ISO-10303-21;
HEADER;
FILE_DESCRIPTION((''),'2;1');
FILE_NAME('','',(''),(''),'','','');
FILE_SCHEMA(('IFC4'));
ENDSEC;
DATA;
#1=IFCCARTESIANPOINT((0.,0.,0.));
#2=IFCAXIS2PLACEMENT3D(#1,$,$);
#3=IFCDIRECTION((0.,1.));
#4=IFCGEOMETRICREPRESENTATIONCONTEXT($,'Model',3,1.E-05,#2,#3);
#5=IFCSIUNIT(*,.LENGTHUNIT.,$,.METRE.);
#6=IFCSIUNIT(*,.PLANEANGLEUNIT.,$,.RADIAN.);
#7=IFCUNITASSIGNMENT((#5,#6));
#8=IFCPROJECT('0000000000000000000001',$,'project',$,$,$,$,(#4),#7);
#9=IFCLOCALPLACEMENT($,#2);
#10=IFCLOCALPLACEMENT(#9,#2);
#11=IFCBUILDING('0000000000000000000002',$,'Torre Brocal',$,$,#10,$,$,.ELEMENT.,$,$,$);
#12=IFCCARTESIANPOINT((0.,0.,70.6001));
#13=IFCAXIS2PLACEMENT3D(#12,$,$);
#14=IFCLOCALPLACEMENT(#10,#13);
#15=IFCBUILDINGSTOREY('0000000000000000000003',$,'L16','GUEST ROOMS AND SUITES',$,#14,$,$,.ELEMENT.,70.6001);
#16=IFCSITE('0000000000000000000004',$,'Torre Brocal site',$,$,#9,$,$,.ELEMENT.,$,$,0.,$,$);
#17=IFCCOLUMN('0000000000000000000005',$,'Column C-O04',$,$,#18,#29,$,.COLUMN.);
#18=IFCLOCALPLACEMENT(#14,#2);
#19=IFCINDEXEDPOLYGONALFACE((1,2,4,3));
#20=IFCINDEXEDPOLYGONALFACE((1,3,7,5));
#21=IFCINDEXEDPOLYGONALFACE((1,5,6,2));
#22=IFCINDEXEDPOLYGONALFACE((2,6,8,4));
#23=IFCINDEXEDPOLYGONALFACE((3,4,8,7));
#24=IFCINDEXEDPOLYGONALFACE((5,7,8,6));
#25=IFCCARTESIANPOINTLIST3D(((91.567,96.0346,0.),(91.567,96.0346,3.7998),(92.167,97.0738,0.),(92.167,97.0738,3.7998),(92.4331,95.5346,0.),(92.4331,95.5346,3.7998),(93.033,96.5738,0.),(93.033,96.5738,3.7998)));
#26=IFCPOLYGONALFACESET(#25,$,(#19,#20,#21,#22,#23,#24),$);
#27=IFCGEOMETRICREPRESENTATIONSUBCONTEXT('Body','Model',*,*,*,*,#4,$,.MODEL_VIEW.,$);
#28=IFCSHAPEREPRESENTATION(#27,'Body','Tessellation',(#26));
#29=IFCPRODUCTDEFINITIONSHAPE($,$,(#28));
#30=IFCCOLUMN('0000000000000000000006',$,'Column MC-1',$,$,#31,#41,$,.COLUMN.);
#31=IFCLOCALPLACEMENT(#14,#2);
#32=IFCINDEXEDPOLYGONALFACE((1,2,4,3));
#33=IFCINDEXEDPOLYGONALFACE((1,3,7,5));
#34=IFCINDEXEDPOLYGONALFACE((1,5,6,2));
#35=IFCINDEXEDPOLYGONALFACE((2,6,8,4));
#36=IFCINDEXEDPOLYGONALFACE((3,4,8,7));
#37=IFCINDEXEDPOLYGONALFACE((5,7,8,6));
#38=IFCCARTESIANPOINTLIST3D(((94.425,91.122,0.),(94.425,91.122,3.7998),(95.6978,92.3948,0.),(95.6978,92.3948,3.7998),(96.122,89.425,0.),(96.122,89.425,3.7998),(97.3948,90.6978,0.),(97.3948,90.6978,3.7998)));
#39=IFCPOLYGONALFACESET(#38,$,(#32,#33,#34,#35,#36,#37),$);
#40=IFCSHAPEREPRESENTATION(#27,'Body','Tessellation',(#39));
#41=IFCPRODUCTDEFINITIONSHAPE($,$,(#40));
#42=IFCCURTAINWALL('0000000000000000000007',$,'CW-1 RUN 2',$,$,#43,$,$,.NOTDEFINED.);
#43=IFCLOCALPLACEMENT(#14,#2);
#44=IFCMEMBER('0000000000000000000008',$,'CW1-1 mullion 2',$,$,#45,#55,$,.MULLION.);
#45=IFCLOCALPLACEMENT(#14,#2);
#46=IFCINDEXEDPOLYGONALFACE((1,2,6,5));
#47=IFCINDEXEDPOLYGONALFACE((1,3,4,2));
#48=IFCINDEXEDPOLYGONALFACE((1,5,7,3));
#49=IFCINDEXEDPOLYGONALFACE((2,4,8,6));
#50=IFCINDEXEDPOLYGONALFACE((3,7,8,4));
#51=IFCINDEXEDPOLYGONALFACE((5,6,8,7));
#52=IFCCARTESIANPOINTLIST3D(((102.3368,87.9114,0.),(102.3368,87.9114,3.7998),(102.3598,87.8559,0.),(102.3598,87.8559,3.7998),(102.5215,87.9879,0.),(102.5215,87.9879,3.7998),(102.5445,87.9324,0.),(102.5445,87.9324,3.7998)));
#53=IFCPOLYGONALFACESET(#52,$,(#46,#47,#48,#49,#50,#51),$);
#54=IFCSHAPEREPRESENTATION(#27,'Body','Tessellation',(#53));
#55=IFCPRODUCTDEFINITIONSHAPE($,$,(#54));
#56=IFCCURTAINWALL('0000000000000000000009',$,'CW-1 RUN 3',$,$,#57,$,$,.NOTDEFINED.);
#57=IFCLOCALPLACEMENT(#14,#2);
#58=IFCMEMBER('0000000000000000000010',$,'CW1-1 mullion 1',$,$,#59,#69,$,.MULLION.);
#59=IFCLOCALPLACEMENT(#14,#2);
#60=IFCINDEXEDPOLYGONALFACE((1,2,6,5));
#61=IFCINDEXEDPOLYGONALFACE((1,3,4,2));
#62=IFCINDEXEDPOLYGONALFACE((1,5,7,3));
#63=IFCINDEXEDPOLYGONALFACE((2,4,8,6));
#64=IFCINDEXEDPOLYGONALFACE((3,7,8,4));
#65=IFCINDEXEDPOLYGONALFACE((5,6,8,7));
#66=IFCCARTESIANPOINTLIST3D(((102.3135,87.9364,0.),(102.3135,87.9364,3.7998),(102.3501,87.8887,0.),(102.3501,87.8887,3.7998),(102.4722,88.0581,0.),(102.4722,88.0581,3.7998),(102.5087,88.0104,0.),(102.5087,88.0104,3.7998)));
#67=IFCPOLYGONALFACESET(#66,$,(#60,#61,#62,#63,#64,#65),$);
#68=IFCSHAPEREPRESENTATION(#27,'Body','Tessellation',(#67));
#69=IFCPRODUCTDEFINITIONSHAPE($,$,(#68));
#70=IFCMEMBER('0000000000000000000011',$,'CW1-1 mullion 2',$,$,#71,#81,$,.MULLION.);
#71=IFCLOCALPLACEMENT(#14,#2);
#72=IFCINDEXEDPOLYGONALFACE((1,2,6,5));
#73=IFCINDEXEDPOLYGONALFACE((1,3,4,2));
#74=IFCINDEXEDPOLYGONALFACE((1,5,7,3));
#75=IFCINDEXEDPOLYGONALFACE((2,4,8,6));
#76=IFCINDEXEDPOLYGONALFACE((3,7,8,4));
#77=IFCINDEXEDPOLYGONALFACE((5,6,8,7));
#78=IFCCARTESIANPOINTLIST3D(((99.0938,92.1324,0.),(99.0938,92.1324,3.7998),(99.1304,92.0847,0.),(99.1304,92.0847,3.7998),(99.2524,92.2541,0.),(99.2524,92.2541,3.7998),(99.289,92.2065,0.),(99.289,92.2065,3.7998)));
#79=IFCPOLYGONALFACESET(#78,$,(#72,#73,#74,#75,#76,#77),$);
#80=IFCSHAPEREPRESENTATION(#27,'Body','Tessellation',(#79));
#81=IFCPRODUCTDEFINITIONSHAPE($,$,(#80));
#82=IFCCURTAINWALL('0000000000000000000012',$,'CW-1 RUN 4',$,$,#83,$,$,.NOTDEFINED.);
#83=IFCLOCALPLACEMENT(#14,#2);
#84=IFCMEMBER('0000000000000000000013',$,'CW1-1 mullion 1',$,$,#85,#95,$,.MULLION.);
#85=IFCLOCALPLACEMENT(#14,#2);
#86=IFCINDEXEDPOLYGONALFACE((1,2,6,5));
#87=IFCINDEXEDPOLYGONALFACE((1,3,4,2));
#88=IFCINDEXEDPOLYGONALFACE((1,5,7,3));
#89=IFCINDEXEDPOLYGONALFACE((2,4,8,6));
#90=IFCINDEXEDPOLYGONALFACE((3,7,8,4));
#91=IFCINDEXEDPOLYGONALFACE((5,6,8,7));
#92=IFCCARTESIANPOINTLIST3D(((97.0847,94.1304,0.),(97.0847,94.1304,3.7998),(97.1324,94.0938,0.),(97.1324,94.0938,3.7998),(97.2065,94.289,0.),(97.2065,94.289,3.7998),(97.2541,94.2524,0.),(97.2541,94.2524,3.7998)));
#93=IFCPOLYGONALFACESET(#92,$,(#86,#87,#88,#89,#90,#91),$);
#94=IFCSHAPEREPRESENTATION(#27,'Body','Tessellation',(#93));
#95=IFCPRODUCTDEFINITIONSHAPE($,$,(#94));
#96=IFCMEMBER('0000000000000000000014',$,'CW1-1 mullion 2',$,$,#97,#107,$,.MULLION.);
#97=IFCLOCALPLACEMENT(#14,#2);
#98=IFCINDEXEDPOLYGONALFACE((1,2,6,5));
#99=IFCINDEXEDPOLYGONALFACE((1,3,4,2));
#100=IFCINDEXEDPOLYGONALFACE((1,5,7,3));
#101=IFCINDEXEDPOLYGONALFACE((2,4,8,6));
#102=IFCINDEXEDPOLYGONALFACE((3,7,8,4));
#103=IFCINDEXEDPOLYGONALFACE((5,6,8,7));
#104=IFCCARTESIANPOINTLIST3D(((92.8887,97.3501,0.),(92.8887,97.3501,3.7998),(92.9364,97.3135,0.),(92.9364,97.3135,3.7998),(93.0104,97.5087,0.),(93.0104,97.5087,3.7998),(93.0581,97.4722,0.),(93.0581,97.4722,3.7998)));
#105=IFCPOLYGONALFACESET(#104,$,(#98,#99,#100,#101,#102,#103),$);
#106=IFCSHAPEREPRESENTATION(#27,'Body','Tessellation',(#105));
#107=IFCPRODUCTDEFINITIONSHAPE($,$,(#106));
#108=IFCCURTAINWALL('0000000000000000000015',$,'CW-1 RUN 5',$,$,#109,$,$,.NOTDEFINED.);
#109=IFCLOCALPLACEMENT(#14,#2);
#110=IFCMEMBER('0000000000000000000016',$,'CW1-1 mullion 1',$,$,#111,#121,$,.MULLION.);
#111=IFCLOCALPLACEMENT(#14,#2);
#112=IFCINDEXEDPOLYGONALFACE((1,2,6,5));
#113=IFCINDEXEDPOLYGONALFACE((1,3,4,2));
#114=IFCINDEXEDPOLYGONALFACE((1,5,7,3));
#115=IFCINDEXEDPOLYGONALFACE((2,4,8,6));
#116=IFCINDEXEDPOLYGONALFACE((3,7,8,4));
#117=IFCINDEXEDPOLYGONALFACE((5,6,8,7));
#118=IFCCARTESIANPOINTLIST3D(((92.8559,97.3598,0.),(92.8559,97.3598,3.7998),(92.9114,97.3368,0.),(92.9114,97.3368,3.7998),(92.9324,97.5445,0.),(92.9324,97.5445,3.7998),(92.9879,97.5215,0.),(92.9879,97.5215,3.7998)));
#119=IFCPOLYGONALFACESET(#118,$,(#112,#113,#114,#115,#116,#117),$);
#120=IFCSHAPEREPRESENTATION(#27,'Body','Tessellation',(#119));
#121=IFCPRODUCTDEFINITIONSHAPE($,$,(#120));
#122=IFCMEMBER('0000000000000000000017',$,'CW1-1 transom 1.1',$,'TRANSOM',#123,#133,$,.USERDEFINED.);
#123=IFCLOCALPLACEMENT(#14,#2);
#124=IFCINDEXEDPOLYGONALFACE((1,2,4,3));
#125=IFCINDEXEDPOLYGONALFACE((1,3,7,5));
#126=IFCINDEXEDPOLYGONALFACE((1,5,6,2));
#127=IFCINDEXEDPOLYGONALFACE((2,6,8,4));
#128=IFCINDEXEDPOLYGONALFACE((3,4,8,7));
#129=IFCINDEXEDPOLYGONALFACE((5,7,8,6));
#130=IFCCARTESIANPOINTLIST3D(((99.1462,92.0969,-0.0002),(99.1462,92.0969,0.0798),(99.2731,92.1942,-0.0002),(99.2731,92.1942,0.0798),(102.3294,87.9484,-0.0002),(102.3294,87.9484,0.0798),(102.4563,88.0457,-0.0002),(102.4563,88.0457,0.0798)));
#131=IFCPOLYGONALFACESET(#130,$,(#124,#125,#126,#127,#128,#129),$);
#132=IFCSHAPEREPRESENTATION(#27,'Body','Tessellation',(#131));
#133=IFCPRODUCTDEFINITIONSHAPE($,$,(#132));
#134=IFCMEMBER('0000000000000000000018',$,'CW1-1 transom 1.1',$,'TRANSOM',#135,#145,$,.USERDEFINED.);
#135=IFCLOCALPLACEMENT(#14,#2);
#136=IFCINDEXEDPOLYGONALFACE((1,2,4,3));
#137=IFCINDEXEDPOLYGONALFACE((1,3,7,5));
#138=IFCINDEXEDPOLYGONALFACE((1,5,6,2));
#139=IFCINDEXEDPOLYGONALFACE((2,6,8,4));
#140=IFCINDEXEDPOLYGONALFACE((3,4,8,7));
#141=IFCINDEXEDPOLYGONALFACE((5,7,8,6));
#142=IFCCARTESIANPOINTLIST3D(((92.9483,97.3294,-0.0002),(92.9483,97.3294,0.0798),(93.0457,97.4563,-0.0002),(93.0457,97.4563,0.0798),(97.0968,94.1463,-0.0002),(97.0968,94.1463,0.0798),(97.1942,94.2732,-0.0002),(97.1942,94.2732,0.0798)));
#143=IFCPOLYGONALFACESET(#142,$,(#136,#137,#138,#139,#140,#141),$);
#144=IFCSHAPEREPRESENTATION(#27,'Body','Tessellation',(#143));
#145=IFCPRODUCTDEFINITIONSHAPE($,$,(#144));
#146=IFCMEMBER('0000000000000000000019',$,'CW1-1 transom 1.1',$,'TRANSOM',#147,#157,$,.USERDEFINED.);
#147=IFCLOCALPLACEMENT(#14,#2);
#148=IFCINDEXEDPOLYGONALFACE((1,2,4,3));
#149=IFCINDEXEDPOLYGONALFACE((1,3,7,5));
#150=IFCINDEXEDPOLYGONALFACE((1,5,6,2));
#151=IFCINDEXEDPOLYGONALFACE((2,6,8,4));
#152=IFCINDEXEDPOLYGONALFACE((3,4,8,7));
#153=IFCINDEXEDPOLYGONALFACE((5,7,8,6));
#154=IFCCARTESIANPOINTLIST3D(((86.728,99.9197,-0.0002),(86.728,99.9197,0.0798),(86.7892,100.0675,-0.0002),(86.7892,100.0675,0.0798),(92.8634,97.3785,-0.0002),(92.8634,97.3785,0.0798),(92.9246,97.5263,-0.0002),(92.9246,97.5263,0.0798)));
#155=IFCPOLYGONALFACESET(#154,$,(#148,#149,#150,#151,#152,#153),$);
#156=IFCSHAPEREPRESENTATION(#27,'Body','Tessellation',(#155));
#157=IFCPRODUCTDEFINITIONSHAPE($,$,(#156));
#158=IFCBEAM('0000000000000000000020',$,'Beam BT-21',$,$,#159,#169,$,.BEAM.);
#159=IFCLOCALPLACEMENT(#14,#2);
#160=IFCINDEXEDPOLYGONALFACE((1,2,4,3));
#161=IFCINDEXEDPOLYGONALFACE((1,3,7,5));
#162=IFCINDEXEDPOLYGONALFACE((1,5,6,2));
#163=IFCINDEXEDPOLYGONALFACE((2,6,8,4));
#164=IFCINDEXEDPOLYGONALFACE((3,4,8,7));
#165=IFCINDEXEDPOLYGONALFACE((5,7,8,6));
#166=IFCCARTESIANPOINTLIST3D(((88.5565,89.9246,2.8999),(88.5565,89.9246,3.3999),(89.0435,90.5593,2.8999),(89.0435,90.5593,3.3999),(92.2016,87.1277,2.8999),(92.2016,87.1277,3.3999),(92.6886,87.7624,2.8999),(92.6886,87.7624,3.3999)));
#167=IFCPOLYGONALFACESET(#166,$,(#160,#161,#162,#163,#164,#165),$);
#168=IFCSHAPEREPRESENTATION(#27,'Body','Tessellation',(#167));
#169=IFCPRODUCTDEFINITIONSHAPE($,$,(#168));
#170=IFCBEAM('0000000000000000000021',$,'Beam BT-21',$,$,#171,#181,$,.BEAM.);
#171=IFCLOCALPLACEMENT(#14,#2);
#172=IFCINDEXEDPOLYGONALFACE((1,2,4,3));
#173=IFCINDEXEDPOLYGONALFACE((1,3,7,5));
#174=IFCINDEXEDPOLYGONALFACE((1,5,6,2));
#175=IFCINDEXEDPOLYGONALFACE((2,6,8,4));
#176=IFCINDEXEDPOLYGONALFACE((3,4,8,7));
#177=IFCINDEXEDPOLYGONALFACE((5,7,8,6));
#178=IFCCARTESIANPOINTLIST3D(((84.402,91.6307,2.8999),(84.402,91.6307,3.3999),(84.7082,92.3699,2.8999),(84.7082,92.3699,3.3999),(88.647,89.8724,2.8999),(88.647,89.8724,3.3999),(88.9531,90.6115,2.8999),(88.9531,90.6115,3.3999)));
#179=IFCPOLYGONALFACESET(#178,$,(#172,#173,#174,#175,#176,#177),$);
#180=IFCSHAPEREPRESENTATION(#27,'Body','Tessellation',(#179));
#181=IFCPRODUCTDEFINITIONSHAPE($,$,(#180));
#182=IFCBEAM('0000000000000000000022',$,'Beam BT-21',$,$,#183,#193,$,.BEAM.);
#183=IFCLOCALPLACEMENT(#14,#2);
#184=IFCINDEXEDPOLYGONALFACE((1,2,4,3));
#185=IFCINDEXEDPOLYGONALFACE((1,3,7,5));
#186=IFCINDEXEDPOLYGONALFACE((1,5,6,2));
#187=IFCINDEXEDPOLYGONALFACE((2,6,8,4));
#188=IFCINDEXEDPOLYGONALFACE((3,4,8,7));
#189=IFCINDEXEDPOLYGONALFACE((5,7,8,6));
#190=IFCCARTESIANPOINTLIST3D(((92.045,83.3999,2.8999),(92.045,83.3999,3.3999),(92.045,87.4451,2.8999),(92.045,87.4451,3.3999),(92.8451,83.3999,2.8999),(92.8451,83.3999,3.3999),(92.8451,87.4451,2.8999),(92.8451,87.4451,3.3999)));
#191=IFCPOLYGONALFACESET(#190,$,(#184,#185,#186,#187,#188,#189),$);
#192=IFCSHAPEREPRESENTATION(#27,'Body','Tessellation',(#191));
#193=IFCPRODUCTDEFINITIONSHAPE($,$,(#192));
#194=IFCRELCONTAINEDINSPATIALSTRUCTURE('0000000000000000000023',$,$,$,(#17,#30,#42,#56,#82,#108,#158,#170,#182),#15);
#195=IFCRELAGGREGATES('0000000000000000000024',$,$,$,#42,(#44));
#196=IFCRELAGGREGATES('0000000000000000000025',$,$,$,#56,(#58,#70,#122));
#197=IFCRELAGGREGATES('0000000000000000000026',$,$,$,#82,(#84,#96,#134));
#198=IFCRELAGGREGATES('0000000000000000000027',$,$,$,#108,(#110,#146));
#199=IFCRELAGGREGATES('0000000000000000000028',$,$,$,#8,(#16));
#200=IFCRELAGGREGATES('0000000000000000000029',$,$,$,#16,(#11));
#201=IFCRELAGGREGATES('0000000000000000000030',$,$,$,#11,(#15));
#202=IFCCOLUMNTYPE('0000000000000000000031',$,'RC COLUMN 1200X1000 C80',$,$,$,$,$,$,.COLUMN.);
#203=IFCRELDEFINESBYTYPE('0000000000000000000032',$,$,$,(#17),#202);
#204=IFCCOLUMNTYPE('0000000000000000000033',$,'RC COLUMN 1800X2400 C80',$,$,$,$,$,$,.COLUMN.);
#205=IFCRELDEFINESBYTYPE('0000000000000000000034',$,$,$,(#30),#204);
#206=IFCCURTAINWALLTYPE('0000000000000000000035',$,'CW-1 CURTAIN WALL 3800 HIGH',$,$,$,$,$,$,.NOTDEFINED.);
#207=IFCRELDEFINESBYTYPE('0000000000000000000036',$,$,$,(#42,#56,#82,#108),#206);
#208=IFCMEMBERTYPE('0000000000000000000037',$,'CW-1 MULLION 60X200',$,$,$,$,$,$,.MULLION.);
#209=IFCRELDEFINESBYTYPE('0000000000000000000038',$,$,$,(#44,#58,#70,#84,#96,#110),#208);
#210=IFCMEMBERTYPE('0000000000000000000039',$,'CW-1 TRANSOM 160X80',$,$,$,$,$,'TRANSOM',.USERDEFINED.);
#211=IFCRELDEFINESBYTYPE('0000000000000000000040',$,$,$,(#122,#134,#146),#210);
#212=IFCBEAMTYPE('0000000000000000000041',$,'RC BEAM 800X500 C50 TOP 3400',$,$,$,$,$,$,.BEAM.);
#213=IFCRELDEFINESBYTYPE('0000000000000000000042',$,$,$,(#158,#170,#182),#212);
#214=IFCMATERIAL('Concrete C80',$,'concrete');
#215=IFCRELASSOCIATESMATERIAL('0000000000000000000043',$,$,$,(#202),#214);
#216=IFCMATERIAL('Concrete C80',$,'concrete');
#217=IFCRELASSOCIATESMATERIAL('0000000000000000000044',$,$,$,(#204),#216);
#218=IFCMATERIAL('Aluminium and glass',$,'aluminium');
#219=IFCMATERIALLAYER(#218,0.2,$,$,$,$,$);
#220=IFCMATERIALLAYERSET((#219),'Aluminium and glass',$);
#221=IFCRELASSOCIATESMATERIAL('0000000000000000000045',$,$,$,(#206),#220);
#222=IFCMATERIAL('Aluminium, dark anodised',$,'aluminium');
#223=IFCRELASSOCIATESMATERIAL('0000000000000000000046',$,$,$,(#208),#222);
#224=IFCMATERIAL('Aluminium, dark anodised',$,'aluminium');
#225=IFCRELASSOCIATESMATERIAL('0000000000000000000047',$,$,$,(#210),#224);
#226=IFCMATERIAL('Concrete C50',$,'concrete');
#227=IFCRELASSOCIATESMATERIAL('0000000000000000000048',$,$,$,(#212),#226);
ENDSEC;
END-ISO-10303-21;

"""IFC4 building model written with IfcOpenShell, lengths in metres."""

from ifc_helpers import new_model, si_unit, direction, frame, origin, origin_2d, place, context, subcontext, project, spatial, rectangle, extrude, material, layer, layer_set, material_profile, profile_set, type_object, element, aggregate, save


model = new_model("IFC4")

# Units and contexts
model_context = context("Model", 3, precision=1e-05, world=origin(), true_north=direction((0.0, 1.0)))
body_context = subcontext(model_context, "Body", "Model", "MODEL_VIEW")
ifc_project = project(units=[si_unit("LENGTHUNIT", "METRE"), si_unit("PLANEANGLEUNIT", "RADIAN")], contexts=[model_context])

# Site, building, storey
site_placement = place(None, origin())
site = spatial("IfcSite", under=ifc_project, at=site_placement, Name="Torre Brocal site", CompositionType="ELEMENT", RefElevation=0.0)
building_placement = place(site_placement, origin())
building = spatial("IfcBuilding", under=site, at=building_placement, Name="Torre Brocal", CompositionType="ELEMENT")
storey_placement = place(building_placement, frame((0.0, 0.0, 70.6001)))
storey = spatial("IfcBuildingStorey", under=building, at=storey_placement, Name="L16", Description="GUEST ROOMS AND SUITES", CompositionType="ELEMENT", Elevation=70.6001)

# Columns
ifc_material_1 = material(Name="Concrete C80", Category="concrete")
ifc_material_profile_1 = material_profile(ifc_material_1, rectangle(XDim=1.2, YDim=1.0, at=origin_2d()), Name="RC 1200X1000")
ifc_profile_set_1 = profile_set([ifc_material_profile_1], Name="Concrete C80")
column_type_1 = type_object("IfcColumnType", Name="RC COLUMN 1200X1000 C80", PredefinedType="COLUMN", material=ifc_profile_set_1)
column_1_placement = place(storey_placement, frame((92.3, 96.3042, 0.0), z_axis=(0.0, 0.0, 1.0), x_axis=(0.5, 0.866025, 0.0)))
element("IfcColumn", 1, at=column_1_placement, inside=storey, type_object=column_type_1, Name="Column C-O04", PredefinedType="COLUMN", context=body_context, shape_type="SweptSolid", body=[
    extrude(rectangle(XDim=1.2, YDim=1.0, at=origin_2d()), origin(), (0.0, 0.0, 1.0), 3.7998),
])
ifc_material_2 = material(Name="Concrete C80", Category="concrete")
ifc_material_profile_2 = material_profile(ifc_material_2, rectangle(XDim=1.8, YDim=2.3999, at=origin_2d()), Name="RC 1800X2400")
ifc_profile_set_2 = profile_set([ifc_material_profile_2], Name="Concrete C80")
column_type_2 = type_object("IfcColumnType", Name="RC COLUMN 1800X2400 C80", PredefinedType="COLUMN", material=ifc_profile_set_2)
column_2_placement = place(storey_placement, frame((95.9099, 90.9099, 0.0), z_axis=(0.0, 0.0, 1.0), x_axis=(0.707107, 0.707107, 0.0)))
element("IfcColumn", 2, at=column_2_placement, inside=storey, type_object=column_type_2, Name="Column MC-1", PredefinedType="COLUMN", context=body_context, shape_type="SweptSolid", body=[
    extrude(rectangle(XDim=1.8, YDim=2.3999, at=origin_2d()), origin(), (0.0, 0.0, 1.0), 3.7998),
])

# Curtain wall, member
ifc_material_3 = material(Name="Aluminium and glass", Category="aluminium")
ifc_layer_1 = layer(ifc_material_3, 0.2)
ifc_layer_set_1 = layer_set([ifc_layer_1], Name="Aluminium and glass")
curtain_wall_type = type_object("IfcCurtainWallType", Name="CW-1 CURTAIN WALL 3800 HIGH", PredefinedType="NOTDEFINED", material=ifc_layer_set_1)
curtain_wall_1_placement = place(storey_placement, origin())
curtain_wall_1 = element("IfcCurtainWall", 3, at=curtain_wall_1_placement, inside=storey, type_object=curtain_wall_type, Name="CW-1 RUN 2", PredefinedType="NOTDEFINED")
ifc_material_4 = material(Name="Aluminium, dark anodised", Category="aluminium")
ifc_material_profile_3 = material_profile(ifc_material_4, rectangle(XDim=0.2, YDim=0.0601, at=origin_2d()), Name="CW-1 MULLION 60X200")
ifc_profile_set_3 = profile_set([ifc_material_profile_3], Name="Aluminium, dark anodised")
member_type_1 = type_object("IfcMemberType", Name="CW-1 MULLION 60X200", PredefinedType="MULLION", material=ifc_profile_set_3)
member_1_placement = place(storey_placement, frame((102.4407, 87.9219, 0.0), z_axis=(0.0, 0.0, 1.0), x_axis=(-0.92388, -0.382683, 0.0)))
member_1 = element("IfcMember", 4, at=member_1_placement, type_object=member_type_1, Name="CW1-1 mullion 2", PredefinedType="MULLION", context=body_context, shape_type="SweptSolid", body=[
    extrude(rectangle(XDim=0.2, YDim=0.0601, at=origin_2d()), origin(), (0.0, 0.0, 1.0), 3.7998),
])
aggregate(curtain_wall_1, [member_1])

# Curtain walls, members
curtain_wall_2_placement = place(storey_placement, origin())
curtain_wall_2 = element("IfcCurtainWall", 5, at=curtain_wall_2_placement, inside=storey, type_object=curtain_wall_type, Name="CW-1 RUN 3", PredefinedType="NOTDEFINED")
member_2_placement = place(storey_placement, frame((102.4111, 87.9734, 0.0), z_axis=(0.0, 0.0, 1.0), x_axis=(-0.793353, -0.608761, 0.0)))
member_2 = element("IfcMember", 6, at=member_2_placement, type_object=member_type_1, Name="CW1-1 mullion 1", PredefinedType="MULLION", context=body_context, shape_type="SweptSolid", body=[
    extrude(rectangle(XDim=0.2, YDim=0.0601, at=origin_2d()), origin(), (0.0, 0.0, 1.0), 3.7998),
])
member_3_placement = place(storey_placement, frame((99.1914, 92.1694, 0.0), z_axis=(0.0, 0.0, 1.0), x_axis=(-0.793353, -0.608761, 0.0)))
member_3 = element("IfcMember", 7, at=member_3_placement, type_object=member_type_1, Name="CW1-1 mullion 2", PredefinedType="MULLION", context=body_context, shape_type="SweptSolid", body=[
    extrude(rectangle(XDim=0.2, YDim=0.0601, at=origin_2d()), origin(), (0.0, 0.0, 1.0), 3.7998),
])
curtain_wall_3_placement = place(storey_placement, origin())
curtain_wall_3 = element("IfcCurtainWall", 8, at=curtain_wall_3_placement, inside=storey, type_object=curtain_wall_type, Name="CW-1 RUN 4", PredefinedType="NOTDEFINED")
member_4_placement = place(storey_placement, frame((97.1694, 94.1914, 0.0), z_axis=(0.0, 0.0, 1.0), x_axis=(-0.608761, -0.793353, 0.0)))
member_4 = element("IfcMember", 9, at=member_4_placement, type_object=member_type_1, Name="CW1-1 mullion 1", PredefinedType="MULLION", context=body_context, shape_type="SweptSolid", body=[
    extrude(rectangle(XDim=0.2, YDim=0.0601, at=origin_2d()), origin(), (0.0, 0.0, 1.0), 3.7998),
])
member_5_placement = place(storey_placement, frame((92.9734, 97.4111, 0.0), z_axis=(0.0, 0.0, 1.0), x_axis=(-0.608761, -0.793353, 0.0)))
member_5 = element("IfcMember", 10, at=member_5_placement, type_object=member_type_1, Name="CW1-1 mullion 2", PredefinedType="MULLION", context=body_context, shape_type="SweptSolid", body=[
    extrude(rectangle(XDim=0.2, YDim=0.0601, at=origin_2d()), origin(), (0.0, 0.0, 1.0), 3.7998),
])

# Curtain wall, member
curtain_wall_4_placement = place(storey_placement, origin())
curtain_wall_4 = element("IfcCurtainWall", 11, at=curtain_wall_4_placement, inside=storey, type_object=curtain_wall_type, Name="CW-1 RUN 5", PredefinedType="NOTDEFINED")
member_6_placement = place(storey_placement, frame((92.9219, 97.4407, 0.0), z_axis=(0.0, 0.0, 1.0), x_axis=(-0.382683, -0.92388, 0.0)))
member_6 = element("IfcMember", 12, at=member_6_placement, type_object=member_type_1, Name="CW1-1 mullion 1", PredefinedType="MULLION", context=body_context, shape_type="SweptSolid", body=[
    extrude(rectangle(XDim=0.2, YDim=0.0601, at=origin_2d()), origin(), (0.0, 0.0, 1.0), 3.7998),
])

# Members
ifc_material_5 = material(Name="Aluminium, dark anodised", Category="aluminium")
ifc_material_profile_4 = material_profile(ifc_material_5, rectangle(XDim=0.1599, YDim=0.0801, at=origin_2d()), Name="CW-1 TRANSOM 160X80")
ifc_profile_set_4 = profile_set([ifc_material_profile_4], Name="Aluminium, dark anodised")
member_type_2 = type_object("IfcMemberType", Name="CW-1 TRANSOM 160X80", ElementType="TRANSOM", PredefinedType="USERDEFINED", material=ifc_profile_set_4)
member_7_placement = place(storey_placement, frame((102.3928, 87.9971, 0.0398), z_axis=(-0.608749, 0.793363, 0.0), x_axis=(-0.793363, -0.608749, 0.0)))
member_7 = element("IfcMember", 13, at=member_7_placement, type_object=member_type_2, Name="CW1-1 transom 1.1", ObjectType="TRANSOM", PredefinedType="USERDEFINED", context=body_context, shape_type="SweptSolid", body=[
    extrude(rectangle(XDim=0.1599, YDim=0.0801, at=origin_2d()), origin(), (0.0, 0.0, 1.0), 5.229),
])
member_8_placement = place(storey_placement, frame((97.1455, 94.2097, 0.0398), z_axis=(-0.793363, 0.608749, 0.0), x_axis=(-0.608749, -0.793363, 0.0)))
member_8 = element("IfcMember", 14, at=member_8_placement, type_object=member_type_2, Name="CW1-1 transom 1.1", ObjectType="TRANSOM", PredefinedType="USERDEFINED", context=body_context, shape_type="SweptSolid", body=[
    extrude(rectangle(XDim=0.1599, YDim=0.0801, at=origin_2d()), origin(), (0.0, 0.0, 1.0), 5.229),
])
member_9_placement = place(storey_placement, frame((92.894, 97.4524, 0.0398), z_axis=(-0.923887, 0.382665, 0.0), x_axis=(-0.382665, -0.923887, 0.0)))
member_9 = element("IfcMember", 15, at=member_9_placement, type_object=member_type_2, Name="CW1-1 transom 1.1", ObjectType="TRANSOM", PredefinedType="USERDEFINED", context=body_context, shape_type="SweptSolid", body=[
    extrude(rectangle(XDim=0.1599, YDim=0.0801, at=origin_2d()), origin(), (0.0, 0.0, 1.0), 6.6409),
])

# Beams
ifc_material_6 = material(Name="Concrete C50", Category="concrete")
ifc_material_profile_5 = material_profile(ifc_material_6, rectangle(XDim=0.8, YDim=0.5, at=origin_2d()), Name="RC 800X500")
ifc_profile_set_5 = profile_set([ifc_material_profile_5], Name="Concrete C50")
beam_type_1 = type_object("IfcBeamType", Name="RC BEAM 800X500 C50 TOP 3400", PredefinedType="BEAM", material=ifc_profile_set_5)
beam_1_placement = place(storey_placement, frame((92.4451, 87.4451, 3.1499), z_axis=(-0.793358, 0.608755, 0.0), x_axis=(-0.608755, -0.793358, 0.0)))
element("IfcBeam", 16, at=beam_1_placement, inside=storey, type_object=beam_type_1, Name="Beam BT-21", PredefinedType="BEAM", context=body_context, shape_type="SweptSolid", body=[
    extrude(rectangle(XDim=0.8, YDim=0.5, at=origin_2d()), origin(), (0.0, 0.0, 1.0), 4.5945),
])
beam_2_placement = place(storey_placement, frame((88.8, 90.2419, 3.1499), z_axis=(-0.923878, 0.382687, 0.0), x_axis=(-0.382687, -0.923878, 0.0)))
element("IfcBeam", 17, at=beam_2_placement, inside=storey, type_object=beam_type_1, Name="Beam BT-21", PredefinedType="BEAM", context=body_context, shape_type="SweptSolid", body=[
    extrude(rectangle(XDim=0.8, YDim=0.5, at=origin_2d()), origin(), (0.0, 0.0, 1.0), 4.5947),
])
beam_3_placement = place(storey_placement, frame((92.4451, 87.4451, 3.1499), z_axis=(0.0, -1.0, 0.0), x_axis=(1.0, 0.0, 0.0)))
element("IfcBeam", 18, at=beam_3_placement, inside=storey, type_object=beam_type_1, Name="Beam BT-21", PredefinedType="BEAM", context=body_context, shape_type="SweptSolid", body=[
    extrude(rectangle(XDim=0.8, YDim=0.5, at=origin_2d()), origin(), (0.0, 0.0, 1.0), 4.0452),
])

aggregate(curtain_wall_2, [member_2, member_3, member_7])
aggregate(curtain_wall_3, [member_4, member_5, member_8])
aggregate(curtain_wall_4, [member_6, member_9])

save(model, "model.ifc")
